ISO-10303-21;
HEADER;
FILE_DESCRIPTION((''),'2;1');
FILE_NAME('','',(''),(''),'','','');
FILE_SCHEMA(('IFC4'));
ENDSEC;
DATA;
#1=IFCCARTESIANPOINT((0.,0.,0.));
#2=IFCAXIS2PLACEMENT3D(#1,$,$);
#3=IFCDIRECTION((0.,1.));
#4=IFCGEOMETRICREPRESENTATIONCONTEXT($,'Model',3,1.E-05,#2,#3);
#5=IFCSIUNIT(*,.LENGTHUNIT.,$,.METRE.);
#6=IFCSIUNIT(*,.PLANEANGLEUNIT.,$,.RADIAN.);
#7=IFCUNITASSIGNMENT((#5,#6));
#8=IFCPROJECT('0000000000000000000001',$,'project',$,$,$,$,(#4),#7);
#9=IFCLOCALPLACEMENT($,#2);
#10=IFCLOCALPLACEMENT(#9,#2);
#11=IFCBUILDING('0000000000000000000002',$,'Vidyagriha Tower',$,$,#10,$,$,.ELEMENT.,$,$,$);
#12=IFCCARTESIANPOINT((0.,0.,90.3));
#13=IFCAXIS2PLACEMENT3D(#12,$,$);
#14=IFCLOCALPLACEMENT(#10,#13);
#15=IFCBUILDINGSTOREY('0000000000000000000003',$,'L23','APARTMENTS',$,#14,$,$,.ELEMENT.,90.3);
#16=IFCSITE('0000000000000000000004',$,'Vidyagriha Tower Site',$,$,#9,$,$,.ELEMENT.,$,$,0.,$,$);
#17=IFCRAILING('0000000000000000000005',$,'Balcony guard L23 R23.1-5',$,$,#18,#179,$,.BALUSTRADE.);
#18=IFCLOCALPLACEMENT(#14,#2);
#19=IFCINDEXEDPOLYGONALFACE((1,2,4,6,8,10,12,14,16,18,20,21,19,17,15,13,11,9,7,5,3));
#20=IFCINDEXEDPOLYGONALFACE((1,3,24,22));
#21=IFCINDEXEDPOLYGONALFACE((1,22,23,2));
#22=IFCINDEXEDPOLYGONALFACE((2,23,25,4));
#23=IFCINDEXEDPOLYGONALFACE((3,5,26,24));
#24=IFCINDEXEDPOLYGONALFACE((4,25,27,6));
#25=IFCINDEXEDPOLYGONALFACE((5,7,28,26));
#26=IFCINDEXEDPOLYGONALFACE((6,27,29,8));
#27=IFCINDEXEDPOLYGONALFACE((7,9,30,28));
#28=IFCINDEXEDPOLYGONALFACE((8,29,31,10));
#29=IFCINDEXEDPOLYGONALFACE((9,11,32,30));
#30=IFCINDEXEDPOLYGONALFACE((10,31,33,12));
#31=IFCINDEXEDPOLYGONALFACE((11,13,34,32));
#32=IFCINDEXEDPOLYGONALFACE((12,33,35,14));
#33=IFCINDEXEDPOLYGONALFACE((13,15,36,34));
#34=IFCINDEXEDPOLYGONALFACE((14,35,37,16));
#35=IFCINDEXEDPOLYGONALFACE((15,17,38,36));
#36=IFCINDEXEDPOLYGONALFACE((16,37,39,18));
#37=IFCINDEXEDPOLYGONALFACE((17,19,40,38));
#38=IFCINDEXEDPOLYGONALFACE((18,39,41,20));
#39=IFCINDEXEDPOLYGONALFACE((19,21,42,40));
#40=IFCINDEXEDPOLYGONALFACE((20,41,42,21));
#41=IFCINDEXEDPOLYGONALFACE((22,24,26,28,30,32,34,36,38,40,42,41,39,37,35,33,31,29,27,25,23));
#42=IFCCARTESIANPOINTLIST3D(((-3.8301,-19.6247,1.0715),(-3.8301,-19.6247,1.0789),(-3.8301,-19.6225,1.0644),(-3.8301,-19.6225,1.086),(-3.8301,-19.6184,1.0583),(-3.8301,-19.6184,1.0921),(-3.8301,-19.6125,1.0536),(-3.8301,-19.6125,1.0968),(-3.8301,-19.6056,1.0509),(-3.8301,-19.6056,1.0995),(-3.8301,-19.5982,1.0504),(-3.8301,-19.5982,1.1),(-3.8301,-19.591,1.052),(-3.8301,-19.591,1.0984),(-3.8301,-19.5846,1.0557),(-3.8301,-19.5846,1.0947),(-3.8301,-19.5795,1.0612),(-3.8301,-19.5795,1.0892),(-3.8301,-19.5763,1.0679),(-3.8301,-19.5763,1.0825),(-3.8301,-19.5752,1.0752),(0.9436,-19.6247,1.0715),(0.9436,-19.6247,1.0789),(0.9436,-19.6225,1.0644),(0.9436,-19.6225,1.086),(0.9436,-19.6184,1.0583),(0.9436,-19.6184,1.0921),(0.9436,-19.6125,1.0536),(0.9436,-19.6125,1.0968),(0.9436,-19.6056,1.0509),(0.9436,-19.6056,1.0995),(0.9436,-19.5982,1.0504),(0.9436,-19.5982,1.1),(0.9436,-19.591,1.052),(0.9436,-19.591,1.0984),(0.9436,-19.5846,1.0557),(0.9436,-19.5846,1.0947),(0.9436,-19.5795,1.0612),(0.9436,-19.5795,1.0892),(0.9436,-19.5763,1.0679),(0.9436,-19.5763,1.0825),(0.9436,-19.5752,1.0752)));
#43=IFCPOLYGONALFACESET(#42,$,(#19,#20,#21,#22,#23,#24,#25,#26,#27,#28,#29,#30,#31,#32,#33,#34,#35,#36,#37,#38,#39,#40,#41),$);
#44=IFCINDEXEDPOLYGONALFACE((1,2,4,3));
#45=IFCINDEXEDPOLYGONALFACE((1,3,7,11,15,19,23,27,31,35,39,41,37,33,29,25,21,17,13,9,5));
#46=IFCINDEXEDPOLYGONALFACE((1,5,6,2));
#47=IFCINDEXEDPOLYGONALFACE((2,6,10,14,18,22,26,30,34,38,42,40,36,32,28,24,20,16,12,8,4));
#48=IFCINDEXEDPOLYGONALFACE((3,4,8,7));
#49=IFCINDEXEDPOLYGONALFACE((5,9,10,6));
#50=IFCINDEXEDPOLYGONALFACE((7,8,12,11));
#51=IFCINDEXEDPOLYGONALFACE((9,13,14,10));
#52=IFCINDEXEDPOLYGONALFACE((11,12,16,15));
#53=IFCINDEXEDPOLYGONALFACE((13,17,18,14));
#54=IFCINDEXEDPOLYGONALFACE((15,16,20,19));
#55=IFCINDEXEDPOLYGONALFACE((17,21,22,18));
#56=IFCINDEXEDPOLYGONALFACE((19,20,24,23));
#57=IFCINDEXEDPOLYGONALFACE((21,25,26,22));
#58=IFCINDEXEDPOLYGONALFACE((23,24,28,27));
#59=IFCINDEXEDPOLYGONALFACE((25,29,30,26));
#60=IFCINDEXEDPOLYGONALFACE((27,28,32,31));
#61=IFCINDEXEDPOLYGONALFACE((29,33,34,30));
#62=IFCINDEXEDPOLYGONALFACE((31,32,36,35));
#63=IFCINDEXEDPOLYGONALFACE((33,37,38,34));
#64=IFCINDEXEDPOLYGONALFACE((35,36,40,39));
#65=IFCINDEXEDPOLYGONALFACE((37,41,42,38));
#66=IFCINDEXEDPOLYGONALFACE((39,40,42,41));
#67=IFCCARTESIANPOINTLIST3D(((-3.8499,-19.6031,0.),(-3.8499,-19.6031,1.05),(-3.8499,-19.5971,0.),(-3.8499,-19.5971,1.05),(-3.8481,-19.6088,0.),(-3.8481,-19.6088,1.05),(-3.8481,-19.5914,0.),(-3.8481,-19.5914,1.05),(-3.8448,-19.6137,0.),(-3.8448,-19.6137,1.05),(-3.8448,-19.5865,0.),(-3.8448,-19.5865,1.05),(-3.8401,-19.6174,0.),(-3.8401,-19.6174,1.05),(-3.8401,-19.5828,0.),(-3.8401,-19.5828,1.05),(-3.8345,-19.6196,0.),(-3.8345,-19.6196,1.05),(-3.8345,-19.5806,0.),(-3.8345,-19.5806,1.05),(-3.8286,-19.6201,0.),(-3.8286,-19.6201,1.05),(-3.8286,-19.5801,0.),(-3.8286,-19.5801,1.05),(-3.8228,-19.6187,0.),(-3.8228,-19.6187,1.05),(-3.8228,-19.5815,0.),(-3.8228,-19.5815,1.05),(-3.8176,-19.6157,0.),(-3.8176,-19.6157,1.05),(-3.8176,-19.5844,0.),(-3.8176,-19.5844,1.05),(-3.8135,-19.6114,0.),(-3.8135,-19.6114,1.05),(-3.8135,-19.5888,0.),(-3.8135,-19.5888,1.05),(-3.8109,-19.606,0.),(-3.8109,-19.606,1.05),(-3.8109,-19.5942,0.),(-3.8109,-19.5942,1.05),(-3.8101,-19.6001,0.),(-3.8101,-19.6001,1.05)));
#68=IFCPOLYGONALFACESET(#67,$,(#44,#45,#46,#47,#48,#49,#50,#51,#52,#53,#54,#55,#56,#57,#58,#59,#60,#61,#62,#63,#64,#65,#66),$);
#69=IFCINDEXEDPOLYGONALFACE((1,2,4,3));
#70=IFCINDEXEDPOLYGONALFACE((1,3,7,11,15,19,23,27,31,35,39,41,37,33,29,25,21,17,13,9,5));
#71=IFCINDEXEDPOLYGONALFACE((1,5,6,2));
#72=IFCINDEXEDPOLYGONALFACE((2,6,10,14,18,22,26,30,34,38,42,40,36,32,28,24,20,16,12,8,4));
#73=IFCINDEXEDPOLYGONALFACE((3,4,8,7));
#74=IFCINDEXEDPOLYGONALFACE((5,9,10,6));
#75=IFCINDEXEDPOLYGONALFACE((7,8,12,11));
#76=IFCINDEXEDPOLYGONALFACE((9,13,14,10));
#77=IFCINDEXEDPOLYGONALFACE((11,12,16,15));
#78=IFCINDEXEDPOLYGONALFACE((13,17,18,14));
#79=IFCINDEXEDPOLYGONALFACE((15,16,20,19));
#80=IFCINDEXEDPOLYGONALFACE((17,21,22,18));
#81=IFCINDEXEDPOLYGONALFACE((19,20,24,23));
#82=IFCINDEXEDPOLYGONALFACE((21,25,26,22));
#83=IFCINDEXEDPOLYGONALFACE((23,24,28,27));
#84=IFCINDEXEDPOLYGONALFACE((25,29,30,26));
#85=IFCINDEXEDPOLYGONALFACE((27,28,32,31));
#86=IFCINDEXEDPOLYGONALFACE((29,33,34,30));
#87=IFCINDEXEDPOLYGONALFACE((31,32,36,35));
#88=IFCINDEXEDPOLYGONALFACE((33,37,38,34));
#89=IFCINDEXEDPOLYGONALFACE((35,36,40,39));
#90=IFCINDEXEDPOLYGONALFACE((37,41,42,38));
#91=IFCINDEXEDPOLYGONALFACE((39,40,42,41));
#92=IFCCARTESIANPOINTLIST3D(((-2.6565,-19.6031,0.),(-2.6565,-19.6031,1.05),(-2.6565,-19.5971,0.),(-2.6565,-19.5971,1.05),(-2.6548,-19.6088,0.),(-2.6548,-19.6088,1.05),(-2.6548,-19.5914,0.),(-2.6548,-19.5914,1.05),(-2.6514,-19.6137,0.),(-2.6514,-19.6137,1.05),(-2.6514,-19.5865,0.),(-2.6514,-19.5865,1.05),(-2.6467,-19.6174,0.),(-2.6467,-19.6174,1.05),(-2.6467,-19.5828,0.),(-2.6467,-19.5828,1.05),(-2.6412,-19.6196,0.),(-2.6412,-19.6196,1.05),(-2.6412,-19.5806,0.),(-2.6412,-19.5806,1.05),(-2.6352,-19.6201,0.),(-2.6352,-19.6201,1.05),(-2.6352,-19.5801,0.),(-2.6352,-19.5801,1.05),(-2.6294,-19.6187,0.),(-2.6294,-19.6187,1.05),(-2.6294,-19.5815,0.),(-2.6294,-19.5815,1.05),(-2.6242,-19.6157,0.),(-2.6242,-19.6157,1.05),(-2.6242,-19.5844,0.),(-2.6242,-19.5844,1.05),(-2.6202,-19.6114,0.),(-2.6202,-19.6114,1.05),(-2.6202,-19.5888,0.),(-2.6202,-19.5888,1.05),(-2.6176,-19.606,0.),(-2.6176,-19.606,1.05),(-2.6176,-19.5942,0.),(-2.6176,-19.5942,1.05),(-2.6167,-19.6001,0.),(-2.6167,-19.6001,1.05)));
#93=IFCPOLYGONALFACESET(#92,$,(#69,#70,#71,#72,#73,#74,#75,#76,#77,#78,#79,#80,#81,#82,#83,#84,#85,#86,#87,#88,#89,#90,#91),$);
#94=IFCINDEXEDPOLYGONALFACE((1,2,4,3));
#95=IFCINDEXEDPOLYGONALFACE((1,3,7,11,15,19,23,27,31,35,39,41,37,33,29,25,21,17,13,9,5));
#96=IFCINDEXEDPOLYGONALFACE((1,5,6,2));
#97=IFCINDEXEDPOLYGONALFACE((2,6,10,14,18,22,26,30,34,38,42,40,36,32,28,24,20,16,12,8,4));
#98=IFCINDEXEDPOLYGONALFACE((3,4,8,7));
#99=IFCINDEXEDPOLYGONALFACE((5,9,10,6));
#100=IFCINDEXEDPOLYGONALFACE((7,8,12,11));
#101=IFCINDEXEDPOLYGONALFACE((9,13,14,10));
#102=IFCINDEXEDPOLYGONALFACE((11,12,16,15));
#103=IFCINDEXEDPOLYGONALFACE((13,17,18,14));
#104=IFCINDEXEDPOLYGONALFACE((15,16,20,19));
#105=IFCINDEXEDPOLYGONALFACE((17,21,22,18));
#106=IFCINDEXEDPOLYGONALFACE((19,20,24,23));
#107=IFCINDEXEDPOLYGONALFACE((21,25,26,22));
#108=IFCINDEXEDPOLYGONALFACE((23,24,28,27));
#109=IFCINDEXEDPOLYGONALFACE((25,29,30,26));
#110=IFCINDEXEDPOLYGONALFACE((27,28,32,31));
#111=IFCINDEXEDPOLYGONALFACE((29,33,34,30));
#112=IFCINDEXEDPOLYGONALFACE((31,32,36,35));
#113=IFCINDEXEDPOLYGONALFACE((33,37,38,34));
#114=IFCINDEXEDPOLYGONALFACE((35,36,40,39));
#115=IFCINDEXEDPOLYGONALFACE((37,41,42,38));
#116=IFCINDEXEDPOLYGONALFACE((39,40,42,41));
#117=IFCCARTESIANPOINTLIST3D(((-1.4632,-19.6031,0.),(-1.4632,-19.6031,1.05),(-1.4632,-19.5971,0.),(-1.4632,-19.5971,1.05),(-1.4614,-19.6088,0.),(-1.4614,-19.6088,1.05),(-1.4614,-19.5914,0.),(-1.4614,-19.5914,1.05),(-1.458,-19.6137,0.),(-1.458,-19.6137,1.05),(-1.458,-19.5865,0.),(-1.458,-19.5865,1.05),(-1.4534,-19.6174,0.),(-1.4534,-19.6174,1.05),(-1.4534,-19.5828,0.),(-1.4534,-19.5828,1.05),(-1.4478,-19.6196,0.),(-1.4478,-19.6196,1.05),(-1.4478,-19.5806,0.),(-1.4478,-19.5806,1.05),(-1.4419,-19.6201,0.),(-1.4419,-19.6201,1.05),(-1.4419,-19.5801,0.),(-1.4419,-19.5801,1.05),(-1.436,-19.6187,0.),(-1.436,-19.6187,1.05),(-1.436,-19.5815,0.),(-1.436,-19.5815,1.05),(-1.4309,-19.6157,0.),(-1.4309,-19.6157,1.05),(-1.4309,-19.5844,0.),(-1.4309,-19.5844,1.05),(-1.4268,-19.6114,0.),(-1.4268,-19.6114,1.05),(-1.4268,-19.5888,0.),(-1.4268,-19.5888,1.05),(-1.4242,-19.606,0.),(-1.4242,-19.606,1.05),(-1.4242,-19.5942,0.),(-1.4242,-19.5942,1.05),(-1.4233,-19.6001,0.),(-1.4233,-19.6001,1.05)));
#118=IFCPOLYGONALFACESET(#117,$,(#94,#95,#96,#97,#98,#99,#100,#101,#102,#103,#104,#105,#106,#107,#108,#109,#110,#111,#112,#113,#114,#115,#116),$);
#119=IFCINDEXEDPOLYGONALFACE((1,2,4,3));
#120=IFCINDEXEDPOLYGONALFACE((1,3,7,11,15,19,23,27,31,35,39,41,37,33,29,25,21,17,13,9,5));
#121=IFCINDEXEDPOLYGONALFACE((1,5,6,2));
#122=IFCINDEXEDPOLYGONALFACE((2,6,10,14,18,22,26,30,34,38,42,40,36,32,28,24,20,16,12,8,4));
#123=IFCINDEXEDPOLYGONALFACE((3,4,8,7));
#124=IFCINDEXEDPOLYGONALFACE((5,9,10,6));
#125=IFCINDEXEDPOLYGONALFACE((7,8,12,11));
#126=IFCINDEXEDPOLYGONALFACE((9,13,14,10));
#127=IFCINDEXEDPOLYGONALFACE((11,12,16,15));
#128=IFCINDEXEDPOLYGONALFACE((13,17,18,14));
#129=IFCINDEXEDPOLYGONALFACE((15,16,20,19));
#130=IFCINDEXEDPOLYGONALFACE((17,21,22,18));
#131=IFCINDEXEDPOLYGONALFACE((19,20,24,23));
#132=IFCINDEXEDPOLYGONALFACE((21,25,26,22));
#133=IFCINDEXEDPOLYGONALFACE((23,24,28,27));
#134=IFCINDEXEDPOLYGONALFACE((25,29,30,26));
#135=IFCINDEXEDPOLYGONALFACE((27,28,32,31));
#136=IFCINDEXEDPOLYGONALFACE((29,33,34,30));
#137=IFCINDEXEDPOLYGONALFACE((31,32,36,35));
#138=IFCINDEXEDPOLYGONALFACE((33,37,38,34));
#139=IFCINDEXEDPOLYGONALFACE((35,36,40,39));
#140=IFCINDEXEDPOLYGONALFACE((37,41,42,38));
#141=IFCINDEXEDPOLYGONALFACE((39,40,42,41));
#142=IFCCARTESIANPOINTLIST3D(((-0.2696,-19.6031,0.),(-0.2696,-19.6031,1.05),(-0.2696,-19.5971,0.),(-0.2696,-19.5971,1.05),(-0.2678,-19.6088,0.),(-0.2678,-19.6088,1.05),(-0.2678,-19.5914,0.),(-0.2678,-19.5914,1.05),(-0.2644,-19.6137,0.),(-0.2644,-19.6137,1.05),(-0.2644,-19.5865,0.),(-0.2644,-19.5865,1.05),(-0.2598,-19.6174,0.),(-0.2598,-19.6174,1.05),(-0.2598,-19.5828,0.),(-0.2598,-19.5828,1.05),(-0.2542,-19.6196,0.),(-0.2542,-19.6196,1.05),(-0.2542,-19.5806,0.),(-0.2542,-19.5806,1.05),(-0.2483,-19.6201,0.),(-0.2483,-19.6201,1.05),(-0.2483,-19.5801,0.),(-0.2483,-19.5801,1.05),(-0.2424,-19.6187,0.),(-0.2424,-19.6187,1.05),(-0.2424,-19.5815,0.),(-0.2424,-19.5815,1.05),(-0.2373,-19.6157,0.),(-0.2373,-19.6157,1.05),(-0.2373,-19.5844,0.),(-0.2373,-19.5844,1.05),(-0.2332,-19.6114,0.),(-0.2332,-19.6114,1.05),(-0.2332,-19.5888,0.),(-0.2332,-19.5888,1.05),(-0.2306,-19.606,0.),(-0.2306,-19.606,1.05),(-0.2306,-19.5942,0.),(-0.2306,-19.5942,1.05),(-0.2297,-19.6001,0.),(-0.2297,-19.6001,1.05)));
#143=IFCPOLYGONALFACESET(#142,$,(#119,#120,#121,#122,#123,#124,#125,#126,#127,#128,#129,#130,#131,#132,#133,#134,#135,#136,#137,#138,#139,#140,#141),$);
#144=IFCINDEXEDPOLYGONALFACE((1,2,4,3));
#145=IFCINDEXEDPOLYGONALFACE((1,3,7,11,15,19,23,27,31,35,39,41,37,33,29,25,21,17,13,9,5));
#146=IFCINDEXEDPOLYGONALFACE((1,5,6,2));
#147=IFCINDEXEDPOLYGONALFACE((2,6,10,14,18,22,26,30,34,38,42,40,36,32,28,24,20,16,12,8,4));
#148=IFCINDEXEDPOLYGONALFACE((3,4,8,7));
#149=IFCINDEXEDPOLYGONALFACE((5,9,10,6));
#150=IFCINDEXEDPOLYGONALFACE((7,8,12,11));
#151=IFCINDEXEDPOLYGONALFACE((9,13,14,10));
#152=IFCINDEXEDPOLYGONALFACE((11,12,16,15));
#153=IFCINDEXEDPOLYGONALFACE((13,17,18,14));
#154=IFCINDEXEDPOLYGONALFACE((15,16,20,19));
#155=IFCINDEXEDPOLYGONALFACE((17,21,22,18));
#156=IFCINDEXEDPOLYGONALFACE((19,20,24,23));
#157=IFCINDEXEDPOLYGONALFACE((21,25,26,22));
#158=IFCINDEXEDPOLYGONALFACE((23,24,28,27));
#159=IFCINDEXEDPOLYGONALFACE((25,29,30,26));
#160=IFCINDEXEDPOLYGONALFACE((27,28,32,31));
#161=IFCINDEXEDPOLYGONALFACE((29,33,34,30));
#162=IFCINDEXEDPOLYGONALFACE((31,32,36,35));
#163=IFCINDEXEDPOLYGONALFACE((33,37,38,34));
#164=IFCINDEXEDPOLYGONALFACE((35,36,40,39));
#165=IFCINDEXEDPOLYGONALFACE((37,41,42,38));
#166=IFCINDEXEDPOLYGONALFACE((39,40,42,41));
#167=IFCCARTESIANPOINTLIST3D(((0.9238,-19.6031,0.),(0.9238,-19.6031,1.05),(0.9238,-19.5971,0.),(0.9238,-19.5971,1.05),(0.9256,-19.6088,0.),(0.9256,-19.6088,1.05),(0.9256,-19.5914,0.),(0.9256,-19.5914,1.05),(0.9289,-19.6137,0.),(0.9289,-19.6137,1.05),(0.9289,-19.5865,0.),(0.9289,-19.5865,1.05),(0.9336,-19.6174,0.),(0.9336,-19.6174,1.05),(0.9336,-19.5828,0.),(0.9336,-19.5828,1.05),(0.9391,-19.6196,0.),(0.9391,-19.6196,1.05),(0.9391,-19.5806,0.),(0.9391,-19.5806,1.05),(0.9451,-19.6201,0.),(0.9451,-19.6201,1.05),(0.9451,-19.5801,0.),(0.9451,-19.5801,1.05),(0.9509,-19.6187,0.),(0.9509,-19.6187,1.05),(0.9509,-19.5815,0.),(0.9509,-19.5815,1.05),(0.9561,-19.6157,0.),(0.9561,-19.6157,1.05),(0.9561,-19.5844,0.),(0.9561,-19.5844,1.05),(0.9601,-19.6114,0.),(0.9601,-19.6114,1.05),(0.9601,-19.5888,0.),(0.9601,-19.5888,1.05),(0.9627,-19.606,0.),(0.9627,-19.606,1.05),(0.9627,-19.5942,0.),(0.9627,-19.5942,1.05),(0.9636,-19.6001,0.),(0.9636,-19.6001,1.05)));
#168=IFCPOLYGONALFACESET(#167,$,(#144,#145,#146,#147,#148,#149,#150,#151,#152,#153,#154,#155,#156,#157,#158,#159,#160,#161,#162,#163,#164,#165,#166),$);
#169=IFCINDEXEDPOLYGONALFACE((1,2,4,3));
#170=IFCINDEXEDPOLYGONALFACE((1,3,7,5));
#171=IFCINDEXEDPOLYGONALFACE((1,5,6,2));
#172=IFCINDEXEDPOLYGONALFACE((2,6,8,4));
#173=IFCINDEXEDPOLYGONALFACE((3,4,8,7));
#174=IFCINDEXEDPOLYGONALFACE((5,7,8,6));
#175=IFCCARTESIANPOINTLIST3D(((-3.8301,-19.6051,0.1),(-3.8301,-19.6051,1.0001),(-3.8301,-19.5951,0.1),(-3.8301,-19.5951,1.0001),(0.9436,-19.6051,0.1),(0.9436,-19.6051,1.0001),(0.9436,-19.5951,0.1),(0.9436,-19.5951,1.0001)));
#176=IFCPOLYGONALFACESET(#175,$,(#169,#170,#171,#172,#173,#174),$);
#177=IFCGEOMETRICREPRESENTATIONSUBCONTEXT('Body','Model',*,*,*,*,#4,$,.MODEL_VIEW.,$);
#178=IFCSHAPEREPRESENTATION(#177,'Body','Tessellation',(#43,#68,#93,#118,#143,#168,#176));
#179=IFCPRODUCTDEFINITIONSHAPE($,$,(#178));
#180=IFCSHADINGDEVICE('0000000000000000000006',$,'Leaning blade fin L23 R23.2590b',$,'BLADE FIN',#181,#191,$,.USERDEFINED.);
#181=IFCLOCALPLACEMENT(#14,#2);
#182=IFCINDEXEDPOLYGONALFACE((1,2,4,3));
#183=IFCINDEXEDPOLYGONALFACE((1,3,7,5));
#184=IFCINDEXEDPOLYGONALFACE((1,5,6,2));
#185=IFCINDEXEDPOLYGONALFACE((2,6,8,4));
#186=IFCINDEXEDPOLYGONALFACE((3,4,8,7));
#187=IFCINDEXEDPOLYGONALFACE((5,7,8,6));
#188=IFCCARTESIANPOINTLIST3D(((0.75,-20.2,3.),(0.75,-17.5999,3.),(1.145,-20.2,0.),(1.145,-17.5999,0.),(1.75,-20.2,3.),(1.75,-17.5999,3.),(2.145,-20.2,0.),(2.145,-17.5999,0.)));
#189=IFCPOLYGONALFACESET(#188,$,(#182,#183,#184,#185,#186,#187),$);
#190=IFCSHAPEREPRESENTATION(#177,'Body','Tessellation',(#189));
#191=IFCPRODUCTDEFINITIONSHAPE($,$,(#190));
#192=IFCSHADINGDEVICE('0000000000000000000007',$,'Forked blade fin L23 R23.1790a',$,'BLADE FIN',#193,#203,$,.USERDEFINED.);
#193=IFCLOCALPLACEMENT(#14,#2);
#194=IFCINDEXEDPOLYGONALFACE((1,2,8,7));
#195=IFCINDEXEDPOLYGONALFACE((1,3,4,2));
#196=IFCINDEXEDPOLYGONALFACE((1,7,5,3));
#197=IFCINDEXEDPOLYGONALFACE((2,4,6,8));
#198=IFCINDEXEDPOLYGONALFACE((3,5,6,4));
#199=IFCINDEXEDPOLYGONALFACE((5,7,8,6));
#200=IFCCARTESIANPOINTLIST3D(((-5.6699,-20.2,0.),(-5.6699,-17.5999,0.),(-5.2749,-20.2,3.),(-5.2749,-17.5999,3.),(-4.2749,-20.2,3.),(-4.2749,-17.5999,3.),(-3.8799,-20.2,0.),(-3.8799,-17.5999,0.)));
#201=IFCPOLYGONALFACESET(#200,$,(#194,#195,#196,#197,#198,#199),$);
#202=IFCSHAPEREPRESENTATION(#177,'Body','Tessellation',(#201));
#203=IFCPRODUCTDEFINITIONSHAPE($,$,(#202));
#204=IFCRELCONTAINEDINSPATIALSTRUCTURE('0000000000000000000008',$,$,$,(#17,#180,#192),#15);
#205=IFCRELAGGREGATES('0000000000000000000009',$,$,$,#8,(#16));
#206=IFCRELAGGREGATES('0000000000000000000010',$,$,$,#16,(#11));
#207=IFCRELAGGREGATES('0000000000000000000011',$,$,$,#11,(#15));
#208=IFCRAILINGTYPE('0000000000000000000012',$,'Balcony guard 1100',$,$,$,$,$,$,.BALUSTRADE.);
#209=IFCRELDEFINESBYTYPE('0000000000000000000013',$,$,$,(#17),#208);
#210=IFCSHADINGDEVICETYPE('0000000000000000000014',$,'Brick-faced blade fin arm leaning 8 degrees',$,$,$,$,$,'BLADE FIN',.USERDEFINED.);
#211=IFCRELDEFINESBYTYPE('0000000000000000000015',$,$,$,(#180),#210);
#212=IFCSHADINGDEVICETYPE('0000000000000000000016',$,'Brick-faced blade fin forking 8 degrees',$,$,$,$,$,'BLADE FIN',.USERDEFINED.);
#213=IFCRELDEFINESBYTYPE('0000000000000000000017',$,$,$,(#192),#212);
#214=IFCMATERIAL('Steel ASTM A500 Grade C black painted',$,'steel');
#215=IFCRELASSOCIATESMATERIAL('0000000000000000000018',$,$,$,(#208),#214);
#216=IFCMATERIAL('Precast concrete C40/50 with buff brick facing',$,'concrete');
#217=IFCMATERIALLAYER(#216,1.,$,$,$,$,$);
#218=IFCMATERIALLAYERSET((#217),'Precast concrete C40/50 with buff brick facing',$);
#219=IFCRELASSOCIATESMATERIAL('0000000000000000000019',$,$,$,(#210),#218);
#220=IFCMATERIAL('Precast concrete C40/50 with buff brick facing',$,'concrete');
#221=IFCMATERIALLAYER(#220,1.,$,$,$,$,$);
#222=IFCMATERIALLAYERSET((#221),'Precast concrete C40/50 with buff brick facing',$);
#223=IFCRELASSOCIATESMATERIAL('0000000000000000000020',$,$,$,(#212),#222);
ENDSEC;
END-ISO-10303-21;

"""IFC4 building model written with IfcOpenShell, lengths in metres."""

from ifc_helpers import new_model, si_unit, direction, frame, origin, origin_2d, place, context, subcontext, project, spatial, polyline, rectangle, circle, outline, extrude, material, layer, layer_set, type_object, element, save


model = new_model("IFC4")

# Units and contexts
model_context = context("Model", 3, precision=1e-05, world=origin(), true_north=direction((0.0, 1.0)))
body_context = subcontext(model_context, "Body", "Model", "MODEL_VIEW")
ifc_project = project(units=[si_unit("LENGTHUNIT", "METRE"), si_unit("PLANEANGLEUNIT", "RADIAN")], contexts=[model_context])

# Site, building, storey
site_placement = place(None, origin())
site = spatial("IfcSite", under=ifc_project, at=site_placement, Name="Vidyagriha Tower Site", CompositionType="ELEMENT", RefElevation=0.0)
building_placement = place(site_placement, origin())
building = spatial("IfcBuilding", under=site, at=building_placement, Name="Vidyagriha Tower", CompositionType="ELEMENT")
storey_placement = place(building_placement, frame((0.0, 0.0, 90.3)))
storey = spatial("IfcBuildingStorey", under=building, at=storey_placement, Name="L23", Description="APARTMENTS", CompositionType="ELEMENT", Elevation=90.3)

# Railing
ifc_material_1 = material(Name="Steel ASTM A500 Grade C black painted", Category="steel")
railing_type = type_object("IfcRailingType", Name="Balcony guard 1100", PredefinedType="BALUSTRADE", material=ifc_material_1)
railing_placement = place(storey_placement, frame((-3.8301, -19.6001, 0.0)))
element("IfcRailing", 1, at=railing_placement, inside=storey, type_object=railing_type, Name="Balcony guard L23 R23.1-5", PredefinedType="BALUSTRADE", context=body_context, shape_type="SweptSolid", body=[
    extrude(circle(Radius=0.0249, at=origin_2d()), frame((0.0, 0.0, 1.0752), z_axis=(1.0, 0.0, 0.0), x_axis=(0.0, 1.0, 0.0)), (0.0, 0.0, 1.0), 4.7737),
    extrude(circle(Radius=0.02, at=origin_2d()), origin(), (0.0, 0.0, 1.0), 1.05),
    extrude(circle(Radius=0.02, at=origin_2d()), frame((1.1934, 0.0, 0.0)), (0.0, 0.0, 1.0), 1.05),
    extrude(circle(Radius=0.02, at=origin_2d()), frame((2.3867, 0.0, 0.0)), (0.0, 0.0, 1.0), 1.05),
    extrude(circle(Radius=0.02, at=origin_2d()), frame((3.5803, 0.0, 0.0)), (0.0, 0.0, 1.0), 1.05),
    extrude(circle(Radius=0.02, at=origin_2d()), frame((4.7737, 0.0, 0.0)), (0.0, 0.0, 1.0), 1.05),
    extrude(rectangle(XDim=0.01, YDim=0.9001, at=origin_2d()), frame((0.0, 0.0, 0.55), z_axis=(1.0, 0.0, 0.0), x_axis=(0.0, 1.0, 0.0)), (0.0, 0.0, 1.0), 4.7737),
])

# Shading devices
ifc_material_2 = material(Name="Precast concrete C40/50 with buff brick facing", Category="concrete")
ifc_layer_1 = layer(ifc_material_2, 1.0)
ifc_layer_set_1 = layer_set([ifc_layer_1], Name="Precast concrete C40/50 with buff brick facing")
shading_device_type_1 = type_object("IfcShadingDeviceType", Name="Brick-faced blade fin arm leaning 8 degrees", ElementType="BLADE FIN", PredefinedType="USERDEFINED", material=ifc_layer_set_1)
shading_device_1_placement = place(storey_placement, frame((0.75, -18.8999, 0.0)))
element("IfcShadingDevice", 2, at=shading_device_1_placement, inside=storey, type_object=shading_device_type_1, Name="Leaning blade fin L23 R23.2590b", ObjectType="BLADE FIN", PredefinedType="USERDEFINED", context=body_context, shape_type="SweptSolid", body=[
    extrude(outline(polyline([(0.395, 0.0), (1.395, 0.0), (1.0, 3.0), (0.0, 3.0), (0.395, 0.0)])), frame((0.0, 1.3, 0.0), z_axis=(0.0, -1.0, 0.0), x_axis=(1.0, 0.0, 0.0)), (0.0, 0.0, 1.0), 2.6001),
])
ifc_material_3 = material(Name="Precast concrete C40/50 with buff brick facing", Category="concrete")
ifc_layer_2 = layer(ifc_material_3, 1.0)
ifc_layer_set_2 = layer_set([ifc_layer_2], Name="Precast concrete C40/50 with buff brick facing")
shading_device_type_2 = type_object("IfcShadingDeviceType", Name="Brick-faced blade fin forking 8 degrees", ElementType="BLADE FIN", PredefinedType="USERDEFINED", material=ifc_layer_set_2)
shading_device_2_placement = place(storey_placement, frame((-5.6699, -18.8999, 0.0)))
element("IfcShadingDevice", 3, at=shading_device_2_placement, inside=storey, type_object=shading_device_type_2, Name="Forked blade fin L23 R23.1790a", ObjectType="BLADE FIN", PredefinedType="USERDEFINED", context=body_context, shape_type="SweptSolid", body=[
    extrude(outline(polyline([(0.0, 0.0), (1.79, 0.0), (1.395, 3.0), (0.395, 3.0), (0.0, 0.0)])), frame((0.0, 1.3, 0.0), z_axis=(0.0, -1.0, 0.0), x_axis=(1.0, 0.0, 0.0)), (0.0, 0.0, 1.0), 2.6001),
])

save(model, "model.ifc")
